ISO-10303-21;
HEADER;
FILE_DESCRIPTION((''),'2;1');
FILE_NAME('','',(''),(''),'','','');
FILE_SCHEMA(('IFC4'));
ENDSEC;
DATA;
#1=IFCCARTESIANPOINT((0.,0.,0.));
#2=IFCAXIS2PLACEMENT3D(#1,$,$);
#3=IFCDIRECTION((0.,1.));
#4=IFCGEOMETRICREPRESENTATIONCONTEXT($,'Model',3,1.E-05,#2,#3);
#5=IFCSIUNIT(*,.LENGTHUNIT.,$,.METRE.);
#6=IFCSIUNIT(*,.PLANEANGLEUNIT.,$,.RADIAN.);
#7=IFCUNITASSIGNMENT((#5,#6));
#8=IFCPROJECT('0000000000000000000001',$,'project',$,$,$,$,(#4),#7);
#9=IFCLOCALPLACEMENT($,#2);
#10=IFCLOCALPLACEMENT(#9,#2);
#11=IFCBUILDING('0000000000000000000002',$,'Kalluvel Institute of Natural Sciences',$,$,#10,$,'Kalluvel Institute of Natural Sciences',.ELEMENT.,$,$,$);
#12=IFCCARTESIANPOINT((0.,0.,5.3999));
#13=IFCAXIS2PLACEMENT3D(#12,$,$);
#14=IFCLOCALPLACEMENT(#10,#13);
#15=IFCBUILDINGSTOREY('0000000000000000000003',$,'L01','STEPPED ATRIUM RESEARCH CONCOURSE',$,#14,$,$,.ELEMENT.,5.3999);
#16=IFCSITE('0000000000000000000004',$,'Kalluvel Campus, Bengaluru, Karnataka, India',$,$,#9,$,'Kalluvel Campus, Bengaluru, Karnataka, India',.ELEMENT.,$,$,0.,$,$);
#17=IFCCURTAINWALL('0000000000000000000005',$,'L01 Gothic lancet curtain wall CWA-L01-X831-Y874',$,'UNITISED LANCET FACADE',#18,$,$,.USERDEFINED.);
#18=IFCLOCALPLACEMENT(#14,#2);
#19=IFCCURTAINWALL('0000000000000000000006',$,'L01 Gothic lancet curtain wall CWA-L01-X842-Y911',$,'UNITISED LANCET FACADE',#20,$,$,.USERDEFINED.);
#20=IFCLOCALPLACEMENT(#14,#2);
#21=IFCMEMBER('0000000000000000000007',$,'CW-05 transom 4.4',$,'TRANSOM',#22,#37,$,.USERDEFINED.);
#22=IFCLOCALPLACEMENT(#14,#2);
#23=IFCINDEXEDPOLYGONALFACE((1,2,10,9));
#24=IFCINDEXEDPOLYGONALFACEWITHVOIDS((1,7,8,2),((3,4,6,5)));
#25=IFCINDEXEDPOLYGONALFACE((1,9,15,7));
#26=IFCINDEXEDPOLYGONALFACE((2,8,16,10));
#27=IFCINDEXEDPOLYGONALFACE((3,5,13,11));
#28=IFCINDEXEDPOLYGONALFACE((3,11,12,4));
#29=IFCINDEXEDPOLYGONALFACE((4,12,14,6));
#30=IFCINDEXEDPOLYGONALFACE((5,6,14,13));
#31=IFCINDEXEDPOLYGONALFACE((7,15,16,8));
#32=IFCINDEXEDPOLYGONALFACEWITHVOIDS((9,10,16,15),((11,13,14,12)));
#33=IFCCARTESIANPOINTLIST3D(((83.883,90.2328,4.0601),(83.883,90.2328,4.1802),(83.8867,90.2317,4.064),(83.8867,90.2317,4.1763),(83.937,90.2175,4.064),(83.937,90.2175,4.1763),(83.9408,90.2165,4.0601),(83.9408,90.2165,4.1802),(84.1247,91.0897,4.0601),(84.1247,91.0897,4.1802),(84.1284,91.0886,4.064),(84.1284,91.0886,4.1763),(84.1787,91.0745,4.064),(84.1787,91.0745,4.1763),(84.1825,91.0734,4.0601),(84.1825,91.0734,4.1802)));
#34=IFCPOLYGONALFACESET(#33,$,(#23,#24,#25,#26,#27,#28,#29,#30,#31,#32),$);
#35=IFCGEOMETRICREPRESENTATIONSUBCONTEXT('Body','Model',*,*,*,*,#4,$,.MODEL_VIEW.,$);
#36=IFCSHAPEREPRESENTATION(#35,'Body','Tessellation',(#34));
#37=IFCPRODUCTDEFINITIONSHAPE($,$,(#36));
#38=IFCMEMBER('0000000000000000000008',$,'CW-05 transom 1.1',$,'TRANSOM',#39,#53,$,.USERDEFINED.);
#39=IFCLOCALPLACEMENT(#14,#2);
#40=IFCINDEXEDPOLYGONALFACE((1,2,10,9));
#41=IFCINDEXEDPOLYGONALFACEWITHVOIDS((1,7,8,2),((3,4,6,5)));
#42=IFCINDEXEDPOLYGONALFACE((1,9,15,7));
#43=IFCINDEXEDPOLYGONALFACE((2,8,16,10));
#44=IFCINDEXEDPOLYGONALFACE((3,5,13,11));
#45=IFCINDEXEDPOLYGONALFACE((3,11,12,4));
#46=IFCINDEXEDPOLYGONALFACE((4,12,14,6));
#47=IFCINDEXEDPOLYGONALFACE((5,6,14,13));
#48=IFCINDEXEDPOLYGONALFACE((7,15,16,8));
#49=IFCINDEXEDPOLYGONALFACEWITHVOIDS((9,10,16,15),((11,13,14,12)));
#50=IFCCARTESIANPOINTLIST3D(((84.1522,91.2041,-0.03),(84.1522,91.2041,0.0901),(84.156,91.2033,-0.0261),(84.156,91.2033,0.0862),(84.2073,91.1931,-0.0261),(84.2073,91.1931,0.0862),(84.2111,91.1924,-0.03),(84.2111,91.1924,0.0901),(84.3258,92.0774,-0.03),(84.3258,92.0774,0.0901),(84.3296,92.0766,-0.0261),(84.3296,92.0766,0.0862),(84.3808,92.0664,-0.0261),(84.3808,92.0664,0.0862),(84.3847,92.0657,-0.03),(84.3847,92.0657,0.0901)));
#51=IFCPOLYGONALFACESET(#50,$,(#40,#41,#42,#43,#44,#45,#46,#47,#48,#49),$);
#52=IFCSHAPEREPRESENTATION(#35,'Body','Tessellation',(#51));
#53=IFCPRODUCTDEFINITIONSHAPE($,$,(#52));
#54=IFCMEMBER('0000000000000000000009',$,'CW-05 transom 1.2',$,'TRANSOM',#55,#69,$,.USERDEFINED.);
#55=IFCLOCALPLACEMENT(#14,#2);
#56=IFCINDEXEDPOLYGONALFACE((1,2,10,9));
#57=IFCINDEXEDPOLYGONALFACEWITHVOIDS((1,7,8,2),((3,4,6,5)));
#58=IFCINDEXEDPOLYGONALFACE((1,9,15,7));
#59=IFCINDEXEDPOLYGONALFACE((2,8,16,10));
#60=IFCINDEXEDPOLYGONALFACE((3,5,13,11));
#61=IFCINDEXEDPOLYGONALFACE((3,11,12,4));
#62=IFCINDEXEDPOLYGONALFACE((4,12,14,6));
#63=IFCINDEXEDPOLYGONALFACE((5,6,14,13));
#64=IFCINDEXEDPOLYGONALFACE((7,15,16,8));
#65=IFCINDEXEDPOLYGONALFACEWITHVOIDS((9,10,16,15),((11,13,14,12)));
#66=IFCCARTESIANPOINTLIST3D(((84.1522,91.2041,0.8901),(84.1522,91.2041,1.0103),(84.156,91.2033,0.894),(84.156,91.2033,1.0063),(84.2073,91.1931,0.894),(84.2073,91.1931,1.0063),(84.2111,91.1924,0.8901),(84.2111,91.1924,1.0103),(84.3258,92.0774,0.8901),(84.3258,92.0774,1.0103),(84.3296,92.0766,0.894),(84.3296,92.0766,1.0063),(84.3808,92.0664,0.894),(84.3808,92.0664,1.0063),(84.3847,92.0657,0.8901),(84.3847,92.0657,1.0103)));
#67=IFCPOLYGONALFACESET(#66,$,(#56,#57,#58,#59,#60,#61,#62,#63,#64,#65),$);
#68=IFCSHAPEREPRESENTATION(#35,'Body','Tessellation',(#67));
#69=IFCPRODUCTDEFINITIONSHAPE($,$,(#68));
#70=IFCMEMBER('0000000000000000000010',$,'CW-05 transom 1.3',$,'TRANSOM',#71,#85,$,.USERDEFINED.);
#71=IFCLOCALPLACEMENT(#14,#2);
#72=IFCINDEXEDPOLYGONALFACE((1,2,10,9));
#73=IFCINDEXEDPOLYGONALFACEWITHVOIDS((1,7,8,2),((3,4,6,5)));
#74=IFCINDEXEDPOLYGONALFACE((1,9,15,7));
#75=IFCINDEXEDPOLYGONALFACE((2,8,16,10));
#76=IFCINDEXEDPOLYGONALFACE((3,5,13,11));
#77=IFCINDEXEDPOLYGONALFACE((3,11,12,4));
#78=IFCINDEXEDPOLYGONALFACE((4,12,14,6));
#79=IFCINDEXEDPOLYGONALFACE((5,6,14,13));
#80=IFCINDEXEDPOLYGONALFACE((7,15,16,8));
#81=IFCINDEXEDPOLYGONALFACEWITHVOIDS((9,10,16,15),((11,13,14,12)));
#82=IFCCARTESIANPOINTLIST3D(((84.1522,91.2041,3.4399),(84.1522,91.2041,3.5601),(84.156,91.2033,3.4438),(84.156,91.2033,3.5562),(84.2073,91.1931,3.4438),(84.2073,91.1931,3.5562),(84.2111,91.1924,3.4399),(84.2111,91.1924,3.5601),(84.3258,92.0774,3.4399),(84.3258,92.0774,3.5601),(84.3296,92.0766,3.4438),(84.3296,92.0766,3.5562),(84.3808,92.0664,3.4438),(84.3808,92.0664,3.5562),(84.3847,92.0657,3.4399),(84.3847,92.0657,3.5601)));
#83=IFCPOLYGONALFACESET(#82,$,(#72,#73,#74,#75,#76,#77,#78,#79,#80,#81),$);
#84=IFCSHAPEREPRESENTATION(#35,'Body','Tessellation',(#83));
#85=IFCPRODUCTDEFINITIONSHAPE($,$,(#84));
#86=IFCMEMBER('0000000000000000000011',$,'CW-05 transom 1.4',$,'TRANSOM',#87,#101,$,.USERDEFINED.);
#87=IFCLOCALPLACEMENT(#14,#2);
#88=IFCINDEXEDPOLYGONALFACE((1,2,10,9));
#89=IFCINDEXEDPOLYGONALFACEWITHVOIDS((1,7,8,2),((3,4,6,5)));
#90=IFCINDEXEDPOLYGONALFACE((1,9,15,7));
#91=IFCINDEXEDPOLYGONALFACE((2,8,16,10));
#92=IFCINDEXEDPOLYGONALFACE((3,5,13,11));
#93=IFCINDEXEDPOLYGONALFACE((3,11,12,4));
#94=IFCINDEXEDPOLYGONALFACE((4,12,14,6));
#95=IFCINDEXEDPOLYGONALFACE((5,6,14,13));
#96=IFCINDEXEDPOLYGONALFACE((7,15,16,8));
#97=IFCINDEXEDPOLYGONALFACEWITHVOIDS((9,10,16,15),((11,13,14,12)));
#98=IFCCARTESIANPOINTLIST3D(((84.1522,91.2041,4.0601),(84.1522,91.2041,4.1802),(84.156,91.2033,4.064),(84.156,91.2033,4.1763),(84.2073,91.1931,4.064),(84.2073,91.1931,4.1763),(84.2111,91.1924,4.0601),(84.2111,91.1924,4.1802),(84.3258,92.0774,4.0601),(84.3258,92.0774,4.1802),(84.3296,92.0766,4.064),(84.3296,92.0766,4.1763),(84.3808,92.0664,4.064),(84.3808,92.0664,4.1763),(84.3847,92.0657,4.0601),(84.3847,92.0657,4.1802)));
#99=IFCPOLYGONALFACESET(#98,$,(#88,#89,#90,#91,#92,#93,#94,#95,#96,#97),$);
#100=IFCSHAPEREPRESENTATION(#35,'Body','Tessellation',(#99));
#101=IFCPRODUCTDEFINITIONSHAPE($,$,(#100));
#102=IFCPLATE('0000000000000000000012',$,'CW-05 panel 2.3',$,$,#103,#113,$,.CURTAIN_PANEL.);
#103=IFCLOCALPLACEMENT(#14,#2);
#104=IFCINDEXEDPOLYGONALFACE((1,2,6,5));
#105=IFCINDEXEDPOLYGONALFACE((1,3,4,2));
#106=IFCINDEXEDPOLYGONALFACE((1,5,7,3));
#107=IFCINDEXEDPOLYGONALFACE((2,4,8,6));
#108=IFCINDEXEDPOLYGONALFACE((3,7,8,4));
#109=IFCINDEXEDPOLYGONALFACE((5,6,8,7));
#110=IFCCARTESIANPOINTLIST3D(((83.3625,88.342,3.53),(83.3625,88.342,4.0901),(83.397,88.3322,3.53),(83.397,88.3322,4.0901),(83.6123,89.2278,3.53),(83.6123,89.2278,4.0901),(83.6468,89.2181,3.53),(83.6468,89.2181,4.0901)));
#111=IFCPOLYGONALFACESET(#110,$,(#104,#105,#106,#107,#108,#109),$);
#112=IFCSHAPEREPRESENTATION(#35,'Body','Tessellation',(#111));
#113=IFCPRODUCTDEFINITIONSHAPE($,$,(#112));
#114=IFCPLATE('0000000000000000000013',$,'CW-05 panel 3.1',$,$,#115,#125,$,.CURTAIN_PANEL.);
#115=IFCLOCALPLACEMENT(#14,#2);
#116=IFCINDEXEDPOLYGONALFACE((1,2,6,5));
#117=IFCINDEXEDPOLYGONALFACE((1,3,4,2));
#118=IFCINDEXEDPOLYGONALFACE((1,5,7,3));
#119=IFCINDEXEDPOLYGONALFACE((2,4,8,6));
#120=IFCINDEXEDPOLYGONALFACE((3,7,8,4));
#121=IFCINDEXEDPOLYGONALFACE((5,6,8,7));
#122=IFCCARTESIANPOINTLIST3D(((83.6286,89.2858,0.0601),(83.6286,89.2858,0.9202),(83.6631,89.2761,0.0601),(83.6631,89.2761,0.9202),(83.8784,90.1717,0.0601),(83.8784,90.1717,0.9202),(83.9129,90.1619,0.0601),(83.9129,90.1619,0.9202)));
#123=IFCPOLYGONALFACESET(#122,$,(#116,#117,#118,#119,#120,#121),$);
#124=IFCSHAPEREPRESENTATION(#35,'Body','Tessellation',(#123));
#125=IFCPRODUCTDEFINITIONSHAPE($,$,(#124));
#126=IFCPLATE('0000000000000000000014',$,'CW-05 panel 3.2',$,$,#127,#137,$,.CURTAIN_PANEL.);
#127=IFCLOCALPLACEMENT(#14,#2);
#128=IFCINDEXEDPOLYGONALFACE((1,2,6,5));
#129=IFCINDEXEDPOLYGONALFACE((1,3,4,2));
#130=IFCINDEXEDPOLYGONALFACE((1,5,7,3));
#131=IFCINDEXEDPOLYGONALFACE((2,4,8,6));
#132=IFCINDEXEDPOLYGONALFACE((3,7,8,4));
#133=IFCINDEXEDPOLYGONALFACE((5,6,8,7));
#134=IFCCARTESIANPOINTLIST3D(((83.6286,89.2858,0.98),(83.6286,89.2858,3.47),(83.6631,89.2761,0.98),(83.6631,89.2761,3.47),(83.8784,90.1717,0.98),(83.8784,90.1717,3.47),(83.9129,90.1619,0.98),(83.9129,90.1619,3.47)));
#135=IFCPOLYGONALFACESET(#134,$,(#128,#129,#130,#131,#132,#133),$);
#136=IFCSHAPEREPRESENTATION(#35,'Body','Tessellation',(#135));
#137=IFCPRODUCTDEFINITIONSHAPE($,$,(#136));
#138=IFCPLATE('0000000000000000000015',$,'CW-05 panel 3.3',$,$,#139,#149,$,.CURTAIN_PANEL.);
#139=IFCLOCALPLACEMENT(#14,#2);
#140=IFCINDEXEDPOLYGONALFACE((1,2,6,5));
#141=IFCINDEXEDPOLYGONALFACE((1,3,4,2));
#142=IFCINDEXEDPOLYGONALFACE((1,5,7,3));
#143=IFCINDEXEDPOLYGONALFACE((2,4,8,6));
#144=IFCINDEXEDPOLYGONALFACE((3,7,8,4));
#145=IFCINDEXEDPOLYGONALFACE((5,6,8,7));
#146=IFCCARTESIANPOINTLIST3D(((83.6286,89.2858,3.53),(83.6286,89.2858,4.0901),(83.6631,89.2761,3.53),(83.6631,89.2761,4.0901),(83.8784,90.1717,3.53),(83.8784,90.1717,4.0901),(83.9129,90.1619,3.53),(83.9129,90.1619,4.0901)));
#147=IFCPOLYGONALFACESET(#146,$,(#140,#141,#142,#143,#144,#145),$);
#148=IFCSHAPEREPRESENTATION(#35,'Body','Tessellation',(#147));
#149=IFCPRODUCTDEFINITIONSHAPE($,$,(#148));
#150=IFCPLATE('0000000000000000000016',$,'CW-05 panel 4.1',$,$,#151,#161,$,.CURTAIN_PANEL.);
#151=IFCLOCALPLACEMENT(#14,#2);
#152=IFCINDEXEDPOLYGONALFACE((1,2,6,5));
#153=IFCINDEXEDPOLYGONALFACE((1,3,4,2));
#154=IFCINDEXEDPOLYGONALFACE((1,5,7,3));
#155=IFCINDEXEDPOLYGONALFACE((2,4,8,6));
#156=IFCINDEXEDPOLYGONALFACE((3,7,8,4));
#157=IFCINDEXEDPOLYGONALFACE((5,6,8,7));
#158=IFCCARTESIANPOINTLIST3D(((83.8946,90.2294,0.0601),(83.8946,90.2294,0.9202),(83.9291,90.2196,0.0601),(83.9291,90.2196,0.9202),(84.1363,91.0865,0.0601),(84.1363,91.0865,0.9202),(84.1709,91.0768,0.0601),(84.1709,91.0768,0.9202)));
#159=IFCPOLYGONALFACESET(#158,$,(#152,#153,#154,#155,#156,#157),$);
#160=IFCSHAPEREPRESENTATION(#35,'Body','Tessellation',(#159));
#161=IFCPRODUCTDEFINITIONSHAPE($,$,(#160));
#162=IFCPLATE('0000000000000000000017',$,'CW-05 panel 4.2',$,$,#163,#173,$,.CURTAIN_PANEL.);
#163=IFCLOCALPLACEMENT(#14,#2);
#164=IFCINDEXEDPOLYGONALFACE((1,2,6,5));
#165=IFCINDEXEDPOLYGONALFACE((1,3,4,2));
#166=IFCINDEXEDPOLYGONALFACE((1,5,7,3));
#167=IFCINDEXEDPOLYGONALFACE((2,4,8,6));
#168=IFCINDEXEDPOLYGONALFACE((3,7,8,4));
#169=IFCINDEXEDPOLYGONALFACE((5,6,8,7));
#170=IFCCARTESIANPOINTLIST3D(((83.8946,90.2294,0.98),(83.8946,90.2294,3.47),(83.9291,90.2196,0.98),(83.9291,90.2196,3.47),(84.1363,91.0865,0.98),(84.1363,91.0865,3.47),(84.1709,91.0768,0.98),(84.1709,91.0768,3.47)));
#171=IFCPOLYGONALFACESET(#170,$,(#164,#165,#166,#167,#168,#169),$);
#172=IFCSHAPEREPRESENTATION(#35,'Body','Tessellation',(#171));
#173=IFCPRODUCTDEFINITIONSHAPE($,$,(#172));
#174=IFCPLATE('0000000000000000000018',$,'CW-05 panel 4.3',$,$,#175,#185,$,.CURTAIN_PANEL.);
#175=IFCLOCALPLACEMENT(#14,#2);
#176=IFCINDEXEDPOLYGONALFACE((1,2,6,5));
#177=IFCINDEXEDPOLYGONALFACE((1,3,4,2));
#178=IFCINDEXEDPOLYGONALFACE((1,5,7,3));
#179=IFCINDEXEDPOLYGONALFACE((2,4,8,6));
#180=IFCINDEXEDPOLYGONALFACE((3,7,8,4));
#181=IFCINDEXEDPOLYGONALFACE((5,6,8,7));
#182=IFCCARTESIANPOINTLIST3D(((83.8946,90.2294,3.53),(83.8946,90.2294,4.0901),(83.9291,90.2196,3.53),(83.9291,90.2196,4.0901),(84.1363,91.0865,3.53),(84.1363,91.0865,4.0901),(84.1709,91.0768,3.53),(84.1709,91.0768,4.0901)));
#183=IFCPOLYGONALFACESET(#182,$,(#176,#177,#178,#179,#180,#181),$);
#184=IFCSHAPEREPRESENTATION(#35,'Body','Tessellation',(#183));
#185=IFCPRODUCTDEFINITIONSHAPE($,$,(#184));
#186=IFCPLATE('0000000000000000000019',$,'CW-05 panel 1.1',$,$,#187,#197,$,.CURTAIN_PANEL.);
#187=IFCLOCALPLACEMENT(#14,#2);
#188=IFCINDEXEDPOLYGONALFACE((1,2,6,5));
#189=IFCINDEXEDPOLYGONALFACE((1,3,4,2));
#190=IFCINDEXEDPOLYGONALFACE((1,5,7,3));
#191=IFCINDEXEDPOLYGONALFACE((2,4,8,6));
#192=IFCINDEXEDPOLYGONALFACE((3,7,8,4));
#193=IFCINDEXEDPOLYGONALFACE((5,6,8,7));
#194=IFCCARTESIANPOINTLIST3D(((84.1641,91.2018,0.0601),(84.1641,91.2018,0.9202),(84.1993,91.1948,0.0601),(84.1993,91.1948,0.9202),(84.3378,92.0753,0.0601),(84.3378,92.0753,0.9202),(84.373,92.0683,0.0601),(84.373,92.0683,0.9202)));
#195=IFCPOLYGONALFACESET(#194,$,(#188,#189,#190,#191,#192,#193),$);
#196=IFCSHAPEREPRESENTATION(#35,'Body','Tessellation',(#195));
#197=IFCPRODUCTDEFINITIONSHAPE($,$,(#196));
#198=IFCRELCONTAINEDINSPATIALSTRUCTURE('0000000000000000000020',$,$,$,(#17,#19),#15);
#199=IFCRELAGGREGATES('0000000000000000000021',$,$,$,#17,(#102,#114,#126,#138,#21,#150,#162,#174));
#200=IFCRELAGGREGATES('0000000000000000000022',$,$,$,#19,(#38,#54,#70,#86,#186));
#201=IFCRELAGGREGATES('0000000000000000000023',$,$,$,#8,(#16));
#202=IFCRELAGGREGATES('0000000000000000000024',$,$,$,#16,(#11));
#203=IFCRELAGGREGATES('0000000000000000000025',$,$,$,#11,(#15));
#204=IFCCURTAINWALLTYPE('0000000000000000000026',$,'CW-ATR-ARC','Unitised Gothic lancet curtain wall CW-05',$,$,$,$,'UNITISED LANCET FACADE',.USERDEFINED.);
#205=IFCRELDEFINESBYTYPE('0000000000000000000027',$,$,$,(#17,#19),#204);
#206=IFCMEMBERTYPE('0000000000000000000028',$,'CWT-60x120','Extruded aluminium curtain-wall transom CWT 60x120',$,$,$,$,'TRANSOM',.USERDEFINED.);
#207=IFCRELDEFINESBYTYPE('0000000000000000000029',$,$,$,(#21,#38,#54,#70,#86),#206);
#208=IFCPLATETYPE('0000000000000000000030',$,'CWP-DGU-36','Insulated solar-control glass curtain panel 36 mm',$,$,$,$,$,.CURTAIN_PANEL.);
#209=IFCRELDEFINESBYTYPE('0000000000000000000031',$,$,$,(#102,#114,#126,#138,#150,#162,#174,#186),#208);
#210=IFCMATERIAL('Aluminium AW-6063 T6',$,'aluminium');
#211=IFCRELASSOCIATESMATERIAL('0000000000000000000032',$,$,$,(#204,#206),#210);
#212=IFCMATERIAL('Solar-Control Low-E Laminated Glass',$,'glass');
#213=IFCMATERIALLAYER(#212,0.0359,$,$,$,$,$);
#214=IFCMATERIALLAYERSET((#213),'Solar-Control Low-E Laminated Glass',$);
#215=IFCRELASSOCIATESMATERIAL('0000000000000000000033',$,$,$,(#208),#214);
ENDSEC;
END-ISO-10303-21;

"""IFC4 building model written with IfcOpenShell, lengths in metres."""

from ifc_helpers import new_model, si_unit, direction, frame, origin, origin_2d, place, context, subcontext, project, spatial, rectangle, hollow_rectangle, extrude, material, layer, layer_set, material_profile, profile_set, type_object, element, aggregate, save


model = new_model("IFC4")

# Units and contexts
model_context = context("Model", 3, precision=1e-05, world=origin(), true_north=direction((0.0, 1.0)))
body_context = subcontext(model_context, "Body", "Model", "MODEL_VIEW")
ifc_project = project(units=[si_unit("LENGTHUNIT", "METRE"), si_unit("PLANEANGLEUNIT", "RADIAN")], contexts=[model_context])

# Site, building, storey
site_placement = place(None, origin())
site = spatial("IfcSite", under=ifc_project, at=site_placement, Name="Kalluvel Campus, Bengaluru, Karnataka, India", LongName="Kalluvel Campus, Bengaluru, Karnataka, India", CompositionType="ELEMENT", RefElevation=0.0)
building_placement = place(site_placement, origin())
building = spatial("IfcBuilding", under=site, at=building_placement, Name="Kalluvel Institute of Natural Sciences", LongName="Kalluvel Institute of Natural Sciences", CompositionType="ELEMENT")
storey_placement = place(building_placement, frame((0.0, 0.0, 5.3999)))
storey = spatial("IfcBuildingStorey", under=building, at=storey_placement, Name="L01", Description="STEPPED ATRIUM RESEARCH CONCOURSE", CompositionType="ELEMENT", Elevation=5.3999)

# Curtain wall
ifc_material_1 = material(Name="Aluminium AW-6063 T6", Category="aluminium")
curtain_wall_type = type_object("IfcCurtainWallType", Name="CW-ATR-ARC", Description="Unitised Gothic lancet curtain wall CW-05", ElementType="UNITISED LANCET FACADE", PredefinedType="USERDEFINED", material=ifc_material_1)
curtain_wall_1_placement = place(storey_placement, origin())
curtain_wall_1 = element("IfcCurtainWall", 1, at=curtain_wall_1_placement, inside=storey, type_object=curtain_wall_type, Name="L01 Gothic lancet curtain wall CWA-L01-X831-Y874", ObjectType="UNITISED LANCET FACADE", PredefinedType="USERDEFINED")

# Curtain wall
curtain_wall_2_placement = place(storey_placement, origin())
curtain_wall_2 = element("IfcCurtainWall", 2, at=curtain_wall_2_placement, inside=storey, type_object=curtain_wall_type, Name="L01 Gothic lancet curtain wall CWA-L01-X842-Y911", ObjectType="UNITISED LANCET FACADE", PredefinedType="USERDEFINED")

# Members
ifc_material_profile_1 = material_profile(ifc_material_1, hollow_rectangle(XDim=0.0601, YDim=0.1201, WallThickness=0.0039, at=origin_2d()), Name="CWT 60x120")
ifc_profile_set_1 = profile_set([ifc_material_profile_1], Name="Aluminium AW-6063 T6")
member_type_1 = type_object("IfcMemberType", Name="CWT-60x120", Description="Extruded aluminium curtain-wall transom CWT 60x120", ElementType="TRANSOM", PredefinedType="USERDEFINED", material=ifc_profile_set_1)
member_1_placement = place(storey_placement, frame((83.9119, 90.2246, 4.1201), z_axis=(0.27146, 0.96245, 0.0), x_axis=(-0.96245, 0.27146, 0.0)))
member_1 = element("IfcMember", 3, at=member_1_placement, type_object=member_type_1, Name="CW-05 transom 4.4", ObjectType="TRANSOM", PredefinedType="USERDEFINED", context=body_context, shape_type="SweptSolid", body=[
    extrude(hollow_rectangle(XDim=0.0601, YDim=0.1201, WallThickness=0.0039, at=origin_2d()), origin(), (0.0, 0.0, 1.0), 0.8904),
])
member_2_placement = place(storey_placement, frame((84.1816, 91.1982, 0.03), z_axis=(0.194956, 0.980812, 0.0), x_axis=(-0.980812, 0.194956, 0.0)))
member_2 = element("IfcMember", 4, at=member_2_placement, type_object=member_type_1, Name="CW-05 transom 1.1", ObjectType="TRANSOM", PredefinedType="USERDEFINED", context=body_context, shape_type="SweptSolid", body=[
    extrude(hollow_rectangle(XDim=0.0601, YDim=0.1201, WallThickness=0.0039, at=origin_2d()), origin(), (0.0, 0.0, 1.0), 0.8904),
])
member_3_placement = place(storey_placement, frame((84.1816, 91.1982, 0.9502), z_axis=(0.194956, 0.980812, 0.0), x_axis=(-0.980812, 0.194956, 0.0)))
member_3 = element("IfcMember", 5, at=member_3_placement, type_object=member_type_1, Name="CW-05 transom 1.2", ObjectType="TRANSOM", PredefinedType="USERDEFINED", context=body_context, shape_type="SweptSolid", body=[
    extrude(hollow_rectangle(XDim=0.0601, YDim=0.1201, WallThickness=0.0039, at=origin_2d()), origin(), (0.0, 0.0, 1.0), 0.8904),
])
member_4_placement = place(storey_placement, frame((84.1816, 91.1982, 3.5), z_axis=(0.194956, 0.980812, 0.0), x_axis=(-0.980812, 0.194956, 0.0)))
member_4 = element("IfcMember", 6, at=member_4_placement, type_object=member_type_1, Name="CW-05 transom 1.3", ObjectType="TRANSOM", PredefinedType="USERDEFINED", context=body_context, shape_type="SweptSolid", body=[
    extrude(hollow_rectangle(XDim=0.0601, YDim=0.1201, WallThickness=0.0039, at=origin_2d()), origin(), (0.0, 0.0, 1.0), 0.8904),
])
member_5_placement = place(storey_placement, frame((84.1816, 91.1982, 4.1201), z_axis=(0.194956, 0.980812, 0.0), x_axis=(-0.980812, 0.194956, 0.0)))
member_5 = element("IfcMember", 7, at=member_5_placement, type_object=member_type_1, Name="CW-05 transom 1.4", ObjectType="TRANSOM", PredefinedType="USERDEFINED", context=body_context, shape_type="SweptSolid", body=[
    extrude(hollow_rectangle(XDim=0.0601, YDim=0.1201, WallThickness=0.0039, at=origin_2d()), origin(), (0.0, 0.0, 1.0), 0.8904),
])

# Plates
ifc_material_2 = material(Name="Solar-Control Low-E Laminated Glass", Category="glass")
ifc_layer = layer(ifc_material_2, 0.0359)
ifc_layer_set = layer_set([ifc_layer], Name="Solar-Control Low-E Laminated Glass")
plate_type = type_object("IfcPlateType", Name="CWP-DGU-36", Description="Insulated solar-control glass curtain panel 36 mm", PredefinedType="CURTAIN_PANEL", material=ifc_layer_set)
plate_1_placement = place(storey_placement, frame((83.5046, 88.78, 3.53), z_axis=(0.0, 0.0, 1.0), x_axis=(0.27144, 0.962455, 0.0)))
plate_1 = element("IfcPlate", 8, at=plate_1_placement, type_object=plate_type, Name="CW-05 panel 2.3", PredefinedType="CURTAIN_PANEL", context=body_context, shape_type="SweptSolid", body=[
    extrude(rectangle(XDim=0.9204, YDim=0.0359, at=origin_2d()), origin(), (0.0, 0.0, 1.0), 0.5601),
])
plate_2_placement = place(storey_placement, frame((83.7708, 89.7239, 0.0601), z_axis=(0.0, 0.0, 1.0), x_axis=(0.27144, 0.962455, 0.0)))
plate_2 = element("IfcPlate", 9, at=plate_2_placement, type_object=plate_type, Name="CW-05 panel 3.1", PredefinedType="CURTAIN_PANEL", context=body_context, shape_type="SweptSolid", body=[
    extrude(rectangle(XDim=0.9204, YDim=0.0359, at=origin_2d()), origin(), (0.0, 0.0, 1.0), 0.8601),
])
plate_3_placement = place(storey_placement, frame((83.7708, 89.7239, 0.98), z_axis=(0.0, 0.0, 1.0), x_axis=(0.27144, 0.962455, 0.0)))
plate_3 = element("IfcPlate", 10, at=plate_3_placement, type_object=plate_type, Name="CW-05 panel 3.2", PredefinedType="CURTAIN_PANEL", context=body_context, shape_type="SweptSolid", body=[
    extrude(rectangle(XDim=0.9204, YDim=0.0359, at=origin_2d()), origin(), (0.0, 0.0, 1.0), 2.49),
])
plate_4_placement = place(storey_placement, frame((83.7708, 89.7239, 3.53), z_axis=(0.0, 0.0, 1.0), x_axis=(0.27144, 0.962455, 0.0)))
plate_4 = element("IfcPlate", 11, at=plate_4_placement, type_object=plate_type, Name="CW-05 panel 3.3", PredefinedType="CURTAIN_PANEL", context=body_context, shape_type="SweptSolid", body=[
    extrude(rectangle(XDim=0.9204, YDim=0.0359, at=origin_2d()), origin(), (0.0, 0.0, 1.0), 0.5601),
])
plate_5_placement = place(storey_placement, frame((84.0327, 90.6531, 0.0601), z_axis=(0.0, 0.0, 1.0), x_axis=(0.27144, 0.962455, 0.0)))
plate_5 = element("IfcPlate", 12, at=plate_5_placement, type_object=plate_type, Name="CW-05 panel 4.1", PredefinedType="CURTAIN_PANEL", context=body_context, shape_type="SweptSolid", body=[
    extrude(rectangle(XDim=0.8906, YDim=0.0359, at=origin_2d()), origin(), (0.0, 0.0, 1.0), 0.8601),
])
plate_6_placement = place(storey_placement, frame((84.0327, 90.6531, 0.98), z_axis=(0.0, 0.0, 1.0), x_axis=(0.27144, 0.962455, 0.0)))
plate_6 = element("IfcPlate", 13, at=plate_6_placement, type_object=plate_type, Name="CW-05 panel 4.2", PredefinedType="CURTAIN_PANEL", context=body_context, shape_type="SweptSolid", body=[
    extrude(rectangle(XDim=0.8906, YDim=0.0359, at=origin_2d()), origin(), (0.0, 0.0, 1.0), 2.49),
])
plate_7_placement = place(storey_placement, frame((84.0327, 90.6531, 3.53), z_axis=(0.0, 0.0, 1.0), x_axis=(0.27144, 0.962455, 0.0)))
plate_7 = element("IfcPlate", 14, at=plate_7_placement, type_object=plate_type, Name="CW-05 panel 4.3", PredefinedType="CURTAIN_PANEL", context=body_context, shape_type="SweptSolid", body=[
    extrude(rectangle(XDim=0.8906, YDim=0.0359, at=origin_2d()), origin(), (0.0, 0.0, 1.0), 0.5601),
])
aggregate(curtain_wall_1, [plate_1, plate_2, plate_3, plate_4, member_1, plate_5, plate_6, plate_7])
plate_8_placement = place(storey_placement, frame((84.2686, 91.635, 0.0601), z_axis=(0.0, 0.0, 1.0), x_axis=(0.195077, 0.980788, 0.0)))
plate_8 = element("IfcPlate", 15, at=plate_8_placement, type_object=plate_type, Name="CW-05 panel 1.1", PredefinedType="CURTAIN_PANEL", context=body_context, shape_type="SweptSolid", body=[
    extrude(rectangle(XDim=0.8906, YDim=0.0359, at=origin_2d()), origin(), (0.0, 0.0, 1.0), 0.8601),
])
aggregate(curtain_wall_2, [member_2, member_3, member_4, member_5, plate_8])

save(model, "model.ifc")
